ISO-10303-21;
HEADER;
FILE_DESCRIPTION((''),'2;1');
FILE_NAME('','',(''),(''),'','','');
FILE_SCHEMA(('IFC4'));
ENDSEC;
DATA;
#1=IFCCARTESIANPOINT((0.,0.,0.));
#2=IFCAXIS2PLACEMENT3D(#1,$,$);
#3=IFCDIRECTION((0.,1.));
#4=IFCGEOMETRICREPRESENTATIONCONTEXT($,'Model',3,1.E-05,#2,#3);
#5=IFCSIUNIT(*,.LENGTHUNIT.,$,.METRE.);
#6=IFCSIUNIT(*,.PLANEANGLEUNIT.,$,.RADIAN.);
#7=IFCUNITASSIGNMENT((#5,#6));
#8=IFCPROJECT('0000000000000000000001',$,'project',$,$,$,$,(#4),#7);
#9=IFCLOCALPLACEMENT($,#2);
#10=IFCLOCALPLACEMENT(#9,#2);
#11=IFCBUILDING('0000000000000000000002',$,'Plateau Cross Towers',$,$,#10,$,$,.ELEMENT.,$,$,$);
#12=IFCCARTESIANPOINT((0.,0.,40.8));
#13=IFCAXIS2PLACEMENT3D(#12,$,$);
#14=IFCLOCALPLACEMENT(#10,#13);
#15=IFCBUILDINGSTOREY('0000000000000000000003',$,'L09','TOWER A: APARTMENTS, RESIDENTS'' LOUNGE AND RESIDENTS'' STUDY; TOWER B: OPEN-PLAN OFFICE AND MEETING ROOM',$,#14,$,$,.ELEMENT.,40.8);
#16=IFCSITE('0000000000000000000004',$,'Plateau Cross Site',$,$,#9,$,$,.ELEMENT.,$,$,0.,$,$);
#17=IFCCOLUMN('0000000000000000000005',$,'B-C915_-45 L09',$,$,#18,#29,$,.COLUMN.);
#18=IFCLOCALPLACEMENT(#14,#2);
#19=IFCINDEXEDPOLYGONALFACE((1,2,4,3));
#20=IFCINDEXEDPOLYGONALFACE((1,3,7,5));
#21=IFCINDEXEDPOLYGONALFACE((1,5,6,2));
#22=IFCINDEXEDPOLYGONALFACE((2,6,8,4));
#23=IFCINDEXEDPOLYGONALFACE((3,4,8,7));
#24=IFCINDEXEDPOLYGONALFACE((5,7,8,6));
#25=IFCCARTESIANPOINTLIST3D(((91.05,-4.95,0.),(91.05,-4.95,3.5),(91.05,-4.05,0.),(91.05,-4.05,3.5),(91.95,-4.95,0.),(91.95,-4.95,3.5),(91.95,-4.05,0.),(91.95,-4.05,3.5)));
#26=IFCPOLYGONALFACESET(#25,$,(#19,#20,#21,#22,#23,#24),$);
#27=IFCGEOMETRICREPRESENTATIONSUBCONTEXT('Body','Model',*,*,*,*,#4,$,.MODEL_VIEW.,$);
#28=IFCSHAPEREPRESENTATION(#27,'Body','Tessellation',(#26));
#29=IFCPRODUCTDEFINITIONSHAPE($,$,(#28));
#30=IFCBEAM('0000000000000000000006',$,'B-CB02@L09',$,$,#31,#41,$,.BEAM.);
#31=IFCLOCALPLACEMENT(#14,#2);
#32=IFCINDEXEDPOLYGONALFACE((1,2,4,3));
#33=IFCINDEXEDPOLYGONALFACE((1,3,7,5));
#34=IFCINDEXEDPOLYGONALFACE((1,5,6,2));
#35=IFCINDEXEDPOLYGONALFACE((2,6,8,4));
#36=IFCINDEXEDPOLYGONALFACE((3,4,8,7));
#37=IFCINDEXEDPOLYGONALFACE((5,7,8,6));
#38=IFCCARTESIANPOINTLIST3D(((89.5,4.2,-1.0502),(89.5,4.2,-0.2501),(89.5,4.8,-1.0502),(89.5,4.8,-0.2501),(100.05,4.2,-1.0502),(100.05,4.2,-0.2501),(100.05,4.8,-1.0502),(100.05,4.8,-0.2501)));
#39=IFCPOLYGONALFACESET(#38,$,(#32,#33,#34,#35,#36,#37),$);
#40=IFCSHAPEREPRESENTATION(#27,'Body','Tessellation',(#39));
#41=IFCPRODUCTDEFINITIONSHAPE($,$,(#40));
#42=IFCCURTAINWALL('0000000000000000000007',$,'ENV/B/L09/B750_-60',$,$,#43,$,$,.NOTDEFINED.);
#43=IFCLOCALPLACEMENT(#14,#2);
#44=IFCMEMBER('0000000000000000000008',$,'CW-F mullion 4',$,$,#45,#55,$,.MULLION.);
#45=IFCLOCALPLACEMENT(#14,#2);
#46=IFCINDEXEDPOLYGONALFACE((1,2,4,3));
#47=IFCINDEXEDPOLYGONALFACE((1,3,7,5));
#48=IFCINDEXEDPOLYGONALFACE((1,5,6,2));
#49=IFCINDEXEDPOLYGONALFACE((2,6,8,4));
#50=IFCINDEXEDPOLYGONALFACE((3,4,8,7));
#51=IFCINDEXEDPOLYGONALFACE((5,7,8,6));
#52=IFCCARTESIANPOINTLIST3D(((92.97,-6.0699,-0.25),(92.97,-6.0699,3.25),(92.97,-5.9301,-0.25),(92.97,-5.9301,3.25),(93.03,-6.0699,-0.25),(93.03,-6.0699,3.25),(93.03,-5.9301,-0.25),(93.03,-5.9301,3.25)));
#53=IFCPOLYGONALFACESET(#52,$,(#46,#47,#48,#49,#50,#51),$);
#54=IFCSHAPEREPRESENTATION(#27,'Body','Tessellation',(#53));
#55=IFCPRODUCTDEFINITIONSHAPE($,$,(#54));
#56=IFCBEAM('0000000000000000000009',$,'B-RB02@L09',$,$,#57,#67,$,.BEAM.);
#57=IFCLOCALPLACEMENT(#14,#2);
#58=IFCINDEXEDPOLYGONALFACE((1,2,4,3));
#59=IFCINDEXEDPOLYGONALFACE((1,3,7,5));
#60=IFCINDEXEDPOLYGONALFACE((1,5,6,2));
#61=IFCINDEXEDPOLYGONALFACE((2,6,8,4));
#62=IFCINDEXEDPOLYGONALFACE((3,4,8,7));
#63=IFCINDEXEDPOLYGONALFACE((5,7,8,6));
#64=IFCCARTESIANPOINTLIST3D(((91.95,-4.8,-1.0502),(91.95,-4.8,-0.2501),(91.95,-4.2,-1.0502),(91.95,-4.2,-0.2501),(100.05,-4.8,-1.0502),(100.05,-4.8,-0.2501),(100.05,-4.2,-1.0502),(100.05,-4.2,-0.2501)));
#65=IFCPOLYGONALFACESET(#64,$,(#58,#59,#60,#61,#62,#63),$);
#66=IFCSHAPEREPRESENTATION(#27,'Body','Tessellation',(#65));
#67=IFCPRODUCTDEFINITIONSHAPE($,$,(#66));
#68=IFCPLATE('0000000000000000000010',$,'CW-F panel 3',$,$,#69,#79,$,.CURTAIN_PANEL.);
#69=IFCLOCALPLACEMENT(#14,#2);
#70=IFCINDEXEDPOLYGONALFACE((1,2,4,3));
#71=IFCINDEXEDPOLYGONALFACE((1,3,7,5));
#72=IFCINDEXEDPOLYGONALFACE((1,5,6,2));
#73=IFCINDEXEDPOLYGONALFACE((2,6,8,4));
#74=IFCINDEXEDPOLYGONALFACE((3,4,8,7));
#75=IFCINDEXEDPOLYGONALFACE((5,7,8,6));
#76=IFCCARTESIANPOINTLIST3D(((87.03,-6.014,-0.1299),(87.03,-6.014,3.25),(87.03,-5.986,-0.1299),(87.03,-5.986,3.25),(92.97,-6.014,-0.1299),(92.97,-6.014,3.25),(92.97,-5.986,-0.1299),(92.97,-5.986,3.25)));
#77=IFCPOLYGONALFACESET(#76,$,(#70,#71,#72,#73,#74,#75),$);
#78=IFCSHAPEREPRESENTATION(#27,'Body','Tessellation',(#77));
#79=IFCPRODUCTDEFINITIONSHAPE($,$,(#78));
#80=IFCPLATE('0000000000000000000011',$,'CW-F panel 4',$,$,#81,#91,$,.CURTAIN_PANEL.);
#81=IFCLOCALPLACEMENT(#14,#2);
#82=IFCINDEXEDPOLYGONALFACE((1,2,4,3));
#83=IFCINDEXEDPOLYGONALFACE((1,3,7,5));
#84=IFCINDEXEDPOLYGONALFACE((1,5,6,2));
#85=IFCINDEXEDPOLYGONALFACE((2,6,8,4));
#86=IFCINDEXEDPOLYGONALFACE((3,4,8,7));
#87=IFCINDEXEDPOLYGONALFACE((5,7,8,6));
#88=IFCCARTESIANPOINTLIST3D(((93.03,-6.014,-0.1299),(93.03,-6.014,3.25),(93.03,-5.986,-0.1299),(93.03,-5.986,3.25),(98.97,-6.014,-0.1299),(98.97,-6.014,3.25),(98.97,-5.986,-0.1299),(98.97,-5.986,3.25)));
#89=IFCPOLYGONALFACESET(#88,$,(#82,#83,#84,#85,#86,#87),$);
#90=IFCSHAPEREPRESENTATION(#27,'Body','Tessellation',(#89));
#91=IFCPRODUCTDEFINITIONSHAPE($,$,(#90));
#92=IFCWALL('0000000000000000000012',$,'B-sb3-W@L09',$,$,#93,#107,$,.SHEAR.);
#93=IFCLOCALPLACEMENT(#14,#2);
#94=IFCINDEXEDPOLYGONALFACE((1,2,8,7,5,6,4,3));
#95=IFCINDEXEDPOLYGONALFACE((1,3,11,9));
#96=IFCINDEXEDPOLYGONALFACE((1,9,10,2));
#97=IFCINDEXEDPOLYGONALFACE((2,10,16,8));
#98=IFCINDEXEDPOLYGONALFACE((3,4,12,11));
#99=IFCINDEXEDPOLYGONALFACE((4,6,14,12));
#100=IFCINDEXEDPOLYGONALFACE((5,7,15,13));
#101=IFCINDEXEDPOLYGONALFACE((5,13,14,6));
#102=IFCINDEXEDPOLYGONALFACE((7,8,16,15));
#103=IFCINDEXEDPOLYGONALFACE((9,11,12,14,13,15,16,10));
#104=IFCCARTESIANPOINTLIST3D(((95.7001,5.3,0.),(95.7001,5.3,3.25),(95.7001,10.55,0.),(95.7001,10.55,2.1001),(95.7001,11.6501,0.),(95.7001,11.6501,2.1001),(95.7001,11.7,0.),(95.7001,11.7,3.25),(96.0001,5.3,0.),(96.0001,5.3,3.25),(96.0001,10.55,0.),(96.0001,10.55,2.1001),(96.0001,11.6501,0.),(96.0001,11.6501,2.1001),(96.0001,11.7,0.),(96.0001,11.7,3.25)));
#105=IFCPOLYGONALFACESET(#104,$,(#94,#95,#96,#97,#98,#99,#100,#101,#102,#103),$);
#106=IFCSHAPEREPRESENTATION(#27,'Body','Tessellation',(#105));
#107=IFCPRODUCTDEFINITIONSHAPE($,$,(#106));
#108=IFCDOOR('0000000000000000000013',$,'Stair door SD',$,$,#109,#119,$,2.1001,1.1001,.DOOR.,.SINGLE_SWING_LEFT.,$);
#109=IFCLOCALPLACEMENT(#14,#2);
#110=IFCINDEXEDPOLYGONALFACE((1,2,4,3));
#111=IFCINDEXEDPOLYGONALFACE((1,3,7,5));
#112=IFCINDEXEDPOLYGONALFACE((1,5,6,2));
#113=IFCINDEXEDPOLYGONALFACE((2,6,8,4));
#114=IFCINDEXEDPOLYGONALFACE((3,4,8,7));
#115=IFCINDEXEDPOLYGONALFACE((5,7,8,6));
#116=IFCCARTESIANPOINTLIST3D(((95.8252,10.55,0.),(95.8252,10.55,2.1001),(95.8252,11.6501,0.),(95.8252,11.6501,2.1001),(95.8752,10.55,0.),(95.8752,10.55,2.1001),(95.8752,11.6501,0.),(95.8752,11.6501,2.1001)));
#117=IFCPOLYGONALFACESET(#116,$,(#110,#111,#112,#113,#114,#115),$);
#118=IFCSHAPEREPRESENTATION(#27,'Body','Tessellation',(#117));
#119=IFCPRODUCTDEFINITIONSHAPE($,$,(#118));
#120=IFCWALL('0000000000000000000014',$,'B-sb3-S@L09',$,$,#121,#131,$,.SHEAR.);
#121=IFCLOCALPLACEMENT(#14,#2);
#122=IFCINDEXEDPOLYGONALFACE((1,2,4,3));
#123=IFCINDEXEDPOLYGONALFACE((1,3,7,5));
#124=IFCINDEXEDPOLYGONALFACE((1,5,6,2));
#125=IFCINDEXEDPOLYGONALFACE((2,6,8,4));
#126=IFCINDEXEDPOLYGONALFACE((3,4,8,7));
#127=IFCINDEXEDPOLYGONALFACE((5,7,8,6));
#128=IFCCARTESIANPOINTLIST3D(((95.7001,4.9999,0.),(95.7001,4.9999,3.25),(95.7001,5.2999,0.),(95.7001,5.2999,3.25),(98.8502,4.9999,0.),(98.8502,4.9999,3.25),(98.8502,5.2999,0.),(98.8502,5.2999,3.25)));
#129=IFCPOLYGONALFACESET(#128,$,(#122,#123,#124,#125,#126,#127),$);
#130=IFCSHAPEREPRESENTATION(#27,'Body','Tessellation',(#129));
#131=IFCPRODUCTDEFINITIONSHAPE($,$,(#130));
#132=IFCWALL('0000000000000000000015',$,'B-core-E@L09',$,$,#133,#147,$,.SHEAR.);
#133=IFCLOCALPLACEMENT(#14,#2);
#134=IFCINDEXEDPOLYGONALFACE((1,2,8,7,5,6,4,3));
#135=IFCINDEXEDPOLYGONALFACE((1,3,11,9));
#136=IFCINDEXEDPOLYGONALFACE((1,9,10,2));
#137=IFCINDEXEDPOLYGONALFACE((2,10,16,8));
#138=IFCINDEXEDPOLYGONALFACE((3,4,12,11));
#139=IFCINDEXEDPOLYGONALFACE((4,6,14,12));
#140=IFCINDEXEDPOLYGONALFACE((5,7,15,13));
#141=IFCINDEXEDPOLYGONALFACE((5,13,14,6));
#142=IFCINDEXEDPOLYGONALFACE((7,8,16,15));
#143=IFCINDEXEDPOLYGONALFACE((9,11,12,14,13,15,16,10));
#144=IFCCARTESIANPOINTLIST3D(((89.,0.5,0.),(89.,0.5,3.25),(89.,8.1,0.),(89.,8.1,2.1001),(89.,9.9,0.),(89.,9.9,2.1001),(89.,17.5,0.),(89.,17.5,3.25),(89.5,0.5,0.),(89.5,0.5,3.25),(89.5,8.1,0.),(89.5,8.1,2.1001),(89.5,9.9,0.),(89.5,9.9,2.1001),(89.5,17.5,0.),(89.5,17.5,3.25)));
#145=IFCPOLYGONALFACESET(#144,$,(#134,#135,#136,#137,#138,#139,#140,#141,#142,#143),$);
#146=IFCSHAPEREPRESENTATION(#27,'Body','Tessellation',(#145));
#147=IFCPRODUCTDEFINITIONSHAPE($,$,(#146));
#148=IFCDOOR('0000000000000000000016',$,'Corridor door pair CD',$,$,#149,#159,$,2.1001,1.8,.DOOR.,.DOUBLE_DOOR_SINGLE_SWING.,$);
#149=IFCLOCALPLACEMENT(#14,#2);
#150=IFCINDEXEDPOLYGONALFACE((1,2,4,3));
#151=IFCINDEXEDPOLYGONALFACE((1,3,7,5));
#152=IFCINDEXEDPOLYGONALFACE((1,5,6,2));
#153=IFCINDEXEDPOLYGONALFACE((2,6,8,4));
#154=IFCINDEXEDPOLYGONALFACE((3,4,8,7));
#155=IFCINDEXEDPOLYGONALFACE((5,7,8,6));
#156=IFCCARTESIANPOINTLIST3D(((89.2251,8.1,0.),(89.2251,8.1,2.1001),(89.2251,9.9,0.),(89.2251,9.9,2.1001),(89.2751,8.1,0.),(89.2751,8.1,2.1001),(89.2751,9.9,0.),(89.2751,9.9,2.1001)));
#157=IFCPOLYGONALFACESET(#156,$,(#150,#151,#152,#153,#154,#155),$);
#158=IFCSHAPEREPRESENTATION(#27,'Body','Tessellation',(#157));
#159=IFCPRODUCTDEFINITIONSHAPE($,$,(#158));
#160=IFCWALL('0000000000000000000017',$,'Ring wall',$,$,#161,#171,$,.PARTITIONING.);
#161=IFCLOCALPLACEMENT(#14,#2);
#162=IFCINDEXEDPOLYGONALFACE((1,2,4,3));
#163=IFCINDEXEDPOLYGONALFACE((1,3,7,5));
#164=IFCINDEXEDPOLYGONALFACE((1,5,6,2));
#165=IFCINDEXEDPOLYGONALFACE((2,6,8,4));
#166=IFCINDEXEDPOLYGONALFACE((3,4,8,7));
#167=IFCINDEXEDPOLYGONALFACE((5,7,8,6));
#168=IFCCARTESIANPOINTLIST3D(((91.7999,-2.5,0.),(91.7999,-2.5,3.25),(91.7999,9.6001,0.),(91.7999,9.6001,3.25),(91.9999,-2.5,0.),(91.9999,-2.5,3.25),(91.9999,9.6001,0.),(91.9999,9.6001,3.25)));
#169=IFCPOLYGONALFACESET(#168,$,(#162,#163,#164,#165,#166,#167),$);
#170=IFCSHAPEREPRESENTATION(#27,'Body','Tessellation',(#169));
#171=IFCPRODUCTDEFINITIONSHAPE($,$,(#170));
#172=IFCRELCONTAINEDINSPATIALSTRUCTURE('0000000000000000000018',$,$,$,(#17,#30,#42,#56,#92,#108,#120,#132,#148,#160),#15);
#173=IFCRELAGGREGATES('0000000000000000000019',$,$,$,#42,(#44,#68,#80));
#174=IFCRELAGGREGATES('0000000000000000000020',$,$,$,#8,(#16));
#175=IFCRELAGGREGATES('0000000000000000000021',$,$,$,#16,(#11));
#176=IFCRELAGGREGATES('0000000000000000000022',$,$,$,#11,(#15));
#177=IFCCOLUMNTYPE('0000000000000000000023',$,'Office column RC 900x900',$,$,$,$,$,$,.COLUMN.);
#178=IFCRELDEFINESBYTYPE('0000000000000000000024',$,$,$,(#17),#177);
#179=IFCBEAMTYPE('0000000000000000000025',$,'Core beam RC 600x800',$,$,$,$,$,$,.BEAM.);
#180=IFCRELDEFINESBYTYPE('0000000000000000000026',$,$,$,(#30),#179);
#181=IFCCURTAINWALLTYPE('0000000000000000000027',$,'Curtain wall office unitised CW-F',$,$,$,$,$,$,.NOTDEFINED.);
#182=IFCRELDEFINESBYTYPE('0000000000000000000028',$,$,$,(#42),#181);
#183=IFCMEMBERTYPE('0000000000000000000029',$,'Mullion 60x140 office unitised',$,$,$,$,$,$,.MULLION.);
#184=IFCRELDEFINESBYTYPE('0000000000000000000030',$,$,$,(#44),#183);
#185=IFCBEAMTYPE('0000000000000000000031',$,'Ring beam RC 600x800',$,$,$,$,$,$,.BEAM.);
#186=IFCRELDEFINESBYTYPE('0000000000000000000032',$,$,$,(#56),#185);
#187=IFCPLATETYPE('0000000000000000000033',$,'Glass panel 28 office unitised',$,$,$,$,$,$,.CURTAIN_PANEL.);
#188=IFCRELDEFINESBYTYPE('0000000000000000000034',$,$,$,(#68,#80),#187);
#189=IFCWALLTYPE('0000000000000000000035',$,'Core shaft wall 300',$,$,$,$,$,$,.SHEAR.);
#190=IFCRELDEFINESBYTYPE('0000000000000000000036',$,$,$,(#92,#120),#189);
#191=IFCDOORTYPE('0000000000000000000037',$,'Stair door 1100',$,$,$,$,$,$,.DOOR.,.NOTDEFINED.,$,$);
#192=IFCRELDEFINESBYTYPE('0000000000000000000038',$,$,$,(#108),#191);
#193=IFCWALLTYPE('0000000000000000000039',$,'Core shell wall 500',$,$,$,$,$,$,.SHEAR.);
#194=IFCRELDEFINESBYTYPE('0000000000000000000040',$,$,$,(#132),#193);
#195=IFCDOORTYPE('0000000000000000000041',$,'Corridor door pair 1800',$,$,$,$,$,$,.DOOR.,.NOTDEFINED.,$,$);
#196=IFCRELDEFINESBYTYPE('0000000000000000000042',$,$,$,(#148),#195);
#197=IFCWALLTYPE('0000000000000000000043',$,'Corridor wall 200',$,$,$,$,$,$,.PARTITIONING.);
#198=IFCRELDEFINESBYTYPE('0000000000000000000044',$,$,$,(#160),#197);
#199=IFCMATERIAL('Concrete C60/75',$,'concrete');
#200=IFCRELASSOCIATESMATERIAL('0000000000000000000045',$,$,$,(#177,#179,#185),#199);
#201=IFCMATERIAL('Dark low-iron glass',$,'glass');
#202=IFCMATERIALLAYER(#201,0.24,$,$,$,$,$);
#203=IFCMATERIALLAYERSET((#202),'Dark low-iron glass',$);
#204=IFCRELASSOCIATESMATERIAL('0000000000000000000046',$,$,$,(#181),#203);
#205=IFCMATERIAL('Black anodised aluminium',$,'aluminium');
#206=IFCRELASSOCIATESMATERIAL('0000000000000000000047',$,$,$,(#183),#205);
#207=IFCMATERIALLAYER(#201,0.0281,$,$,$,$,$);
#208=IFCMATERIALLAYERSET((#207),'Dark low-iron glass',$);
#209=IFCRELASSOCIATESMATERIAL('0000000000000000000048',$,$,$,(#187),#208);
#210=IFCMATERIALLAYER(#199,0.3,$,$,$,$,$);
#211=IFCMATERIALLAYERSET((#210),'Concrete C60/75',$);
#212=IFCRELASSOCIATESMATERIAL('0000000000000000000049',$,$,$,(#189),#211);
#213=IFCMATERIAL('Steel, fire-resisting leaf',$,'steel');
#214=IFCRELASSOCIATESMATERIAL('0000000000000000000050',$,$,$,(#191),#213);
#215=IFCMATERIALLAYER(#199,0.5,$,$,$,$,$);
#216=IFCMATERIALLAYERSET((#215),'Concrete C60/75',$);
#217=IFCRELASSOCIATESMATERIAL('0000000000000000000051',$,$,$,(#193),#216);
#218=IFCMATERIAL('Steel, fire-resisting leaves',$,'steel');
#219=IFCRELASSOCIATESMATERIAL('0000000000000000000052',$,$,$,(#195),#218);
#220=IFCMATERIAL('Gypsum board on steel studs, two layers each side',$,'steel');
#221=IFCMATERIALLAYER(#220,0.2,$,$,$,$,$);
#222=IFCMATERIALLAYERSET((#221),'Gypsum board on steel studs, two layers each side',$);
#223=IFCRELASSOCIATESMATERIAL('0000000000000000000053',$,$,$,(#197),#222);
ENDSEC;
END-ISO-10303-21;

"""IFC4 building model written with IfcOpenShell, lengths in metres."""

from ifc_helpers import new_model, si_unit, direction, frame, frame_2d, origin, origin_2d, place, context, subcontext, project, spatial, rectangle, extrude, material, layer, layer_set, material_profile, profile_set, type_object, element, fill, aggregate, save


model = new_model("IFC4")

# Units and contexts
model_context = context("Model", 3, precision=1e-05, world=origin(), true_north=direction((0.0, 1.0)))
body_context = subcontext(model_context, "Body", "Model", "MODEL_VIEW")
ifc_project = project(units=[si_unit("LENGTHUNIT", "METRE"), si_unit("PLANEANGLEUNIT", "RADIAN")], contexts=[model_context])

# Site, building, storey
site_placement = place(None, origin())
site = spatial("IfcSite", under=ifc_project, at=site_placement, Name="Plateau Cross Site", CompositionType="ELEMENT", RefElevation=0.0)
building_placement = place(site_placement, origin())
building = spatial("IfcBuilding", under=site, at=building_placement, Name="Plateau Cross Towers", CompositionType="ELEMENT")
storey_placement = place(building_placement, frame((0.0, 0.0, 40.8)))
storey = spatial("IfcBuildingStorey", under=building, at=storey_placement, Name="L09", Description="TOWER A: APARTMENTS, RESIDENTS' LOUNGE AND RESIDENTS' STUDY; TOWER B: OPEN-PLAN OFFICE AND MEETING ROOM", CompositionType="ELEMENT", Elevation=40.8)

# Column
ifc_material_1 = material(Name="Concrete C60/75", Category="concrete")
ifc_material_profile_1 = material_profile(ifc_material_1, rectangle(XDim=0.8999, YDim=0.8999, at=origin_2d()), Name="RC 900x900")
ifc_profile_set_1 = profile_set([ifc_material_profile_1], Name="Concrete C60/75")
column_type = type_object("IfcColumnType", Name="Office column RC 900x900", PredefinedType="COLUMN", material=ifc_profile_set_1)
column_placement = place(storey_placement, frame((91.5, -4.5, 0.0), z_axis=(0.0, 0.0, 1.0), x_axis=(1.0, 0.0, 0.0)))
element("IfcColumn", 1, at=column_placement, inside=storey, type_object=column_type, Name="B-C915_-45 L09", PredefinedType="COLUMN", context=body_context, shape_type="SweptSolid", body=[
    extrude(rectangle(XDim=0.8999, YDim=0.8999, at=origin_2d()), origin(), (0.0, 0.0, 1.0), 3.5),
])

# Beam
ifc_material_profile_2 = material_profile(ifc_material_1, rectangle(XDim=0.6001, YDim=0.8, at=origin_2d()), Name="RC 600x800")
ifc_profile_set_2 = profile_set([ifc_material_profile_2], Name="Concrete C60/75")
beam_type_1 = type_object("IfcBeamType", Name="Core beam RC 600x800", PredefinedType="BEAM", material=ifc_profile_set_2)
beam_1_placement = place(storey_placement, frame((89.5, 4.5, -0.6501), z_axis=(1.0, 0.0, 0.0), x_axis=(0.0, 1.0, 0.0)))
element("IfcBeam", 2, at=beam_1_placement, inside=storey, type_object=beam_type_1, Name="B-CB02@L09", PredefinedType="BEAM", context=body_context, shape_type="SweptSolid", body=[
    extrude(rectangle(XDim=0.6001, YDim=0.8, at=origin_2d()), origin(), (0.0, 0.0, 1.0), 10.55),
])

# Curtain wall, member
ifc_material_2 = material(Name="Dark low-iron glass", Category="glass")
ifc_layer_1 = layer(ifc_material_2, 0.24)
ifc_layer_set_1 = layer_set([ifc_layer_1], Name="Dark low-iron glass")
curtain_wall_type = type_object("IfcCurtainWallType", Name="Curtain wall office unitised CW-F", PredefinedType="NOTDEFINED", material=ifc_layer_set_1)
curtain_wall_placement = place(storey_placement, origin())
curtain_wall = element("IfcCurtainWall", 3, at=curtain_wall_placement, inside=storey, type_object=curtain_wall_type, Name="ENV/B/L09/B750_-60", PredefinedType="NOTDEFINED")
ifc_material_3 = material(Name="Black anodised aluminium", Category="aluminium")
ifc_material_profile_3 = material_profile(ifc_material_3, rectangle(XDim=0.0601, YDim=0.1399, at=origin_2d()), Name="MULLION 60x140")
ifc_profile_set_3 = profile_set([ifc_material_profile_3], Name="Black anodised aluminium")
member_type = type_object("IfcMemberType", Name="Mullion 60x140 office unitised", PredefinedType="MULLION", material=ifc_profile_set_3)
member_placement = place(storey_placement, frame((93.0, -6.0, -0.25), z_axis=(0.0, 0.0, 1.0), x_axis=(1.0, 0.0, 0.0)))
member = element("IfcMember", 4, at=member_placement, type_object=member_type, Name="CW-F mullion 4", PredefinedType="MULLION", context=body_context, shape_type="SweptSolid", body=[
    extrude(rectangle(XDim=0.0601, YDim=0.1399, at=origin_2d()), origin(), (0.0, 0.0, 1.0), 3.5),
])

# Beam
ifc_material_profile_4 = material_profile(ifc_material_1, rectangle(XDim=0.6001, YDim=0.8, at=origin_2d()), Name="RC 600x800")
ifc_profile_set_4 = profile_set([ifc_material_profile_4], Name="Concrete C60/75")
beam_type_2 = type_object("IfcBeamType", Name="Ring beam RC 600x800", PredefinedType="BEAM", material=ifc_profile_set_4)
beam_2_placement = place(storey_placement, frame((91.95, -4.5, -0.6501), z_axis=(1.0, 0.0, 0.0), x_axis=(0.0, 1.0, 0.0)))
element("IfcBeam", 5, at=beam_2_placement, inside=storey, type_object=beam_type_2, Name="B-RB02@L09", PredefinedType="BEAM", context=body_context, shape_type="SweptSolid", body=[
    extrude(rectangle(XDim=0.6001, YDim=0.8, at=origin_2d()), origin(), (0.0, 0.0, 1.0), 8.1001),
])

# Plates
ifc_layer_2 = layer(ifc_material_2, 0.0281)
ifc_layer_set_2 = layer_set([ifc_layer_2], Name="Dark low-iron glass")
plate_type = type_object("IfcPlateType", Name="Glass panel 28 office unitised", PredefinedType="CURTAIN_PANEL", material=ifc_layer_set_2)
plate_1_placement = place(storey_placement, frame((90.0, -6.0, -0.1299), z_axis=(0.0, 0.0, 1.0), x_axis=(1.0, 0.0, 0.0)))
plate_1 = element("IfcPlate", 6, at=plate_1_placement, type_object=plate_type, Name="CW-F panel 3", PredefinedType="CURTAIN_PANEL", context=body_context, shape_type="SweptSolid", body=[
    extrude(rectangle(XDim=5.9399, YDim=0.0281, at=origin_2d()), origin(), (0.0, 0.0, 1.0), 3.3799),
])
plate_2_placement = place(storey_placement, frame((96.0, -6.0, -0.1299), z_axis=(0.0, 0.0, 1.0), x_axis=(1.0, 0.0, 0.0)))
plate_2 = element("IfcPlate", 7, at=plate_2_placement, type_object=plate_type, Name="CW-F panel 4", PredefinedType="CURTAIN_PANEL", context=body_context, shape_type="SweptSolid", body=[
    extrude(rectangle(XDim=5.9399, YDim=0.0281, at=origin_2d()), origin(), (0.0, 0.0, 1.0), 3.3799),
])
aggregate(curtain_wall, [member, plate_1, plate_2])

# Wall, opening, door
ifc_layer_3 = layer(ifc_material_1, 0.3)
ifc_layer_set_3 = layer_set([ifc_layer_3], Name="Concrete C60/75")
wall_type_1 = type_object("IfcWallType", Name="Core shaft wall 300", PredefinedType="SHEAR", material=ifc_layer_set_3)
wall_1_placement = place(storey_placement, frame((95.8501, 5.3, 0.0), z_axis=(0.0, 0.0, 1.0), x_axis=(0.0, 1.0, 0.0)))
wall_1 = element("IfcWall", 8, at=wall_1_placement, inside=storey, type_object=wall_type_1, Name="B-sb3-W@L09", PredefinedType="SHEAR", context=body_context, shape_type="SweptSolid", body=[
    extrude(rectangle(XDim=6.3999, YDim=0.3, at=frame_2d((3.2, 0.0))), origin(), (0.0, 0.0, 1.0), 3.25),
])
opening_1_placement = place(wall_1_placement, frame((5.25, 0.0, 0.0)))
opening_1 = element("IfcOpeningElement", 9, at=opening_1_placement, cuts=wall_1, PredefinedType="OPENING", context=body_context, shape_type="SweptSolid", body=[
    extrude(rectangle(XDim=1.1001, YDim=2.1001, at=frame_2d((0.55, 1.05))), frame((0.0, 0.1599, 0.0), z_axis=(0.0, -1.0, 0.0), x_axis=(1.0, 0.0, 0.0)), (0.0, 0.0, 1.0), 0.3201),
])
ifc_material_4 = material(Name="Steel, fire-resisting leaf", Category="steel")
door_type_1 = type_object("IfcDoorType", Name="Stair door 1100", OperationType="NOTDEFINED", PredefinedType="DOOR", material=ifc_material_4)
door_1_placement = place(opening_1_placement, origin())
door_1 = element("IfcDoor", 10, at=door_1_placement, inside=storey, type_object=door_type_1, Name="Stair door SD", OperationType="SINGLE_SWING_LEFT", OverallHeight=2.1001, OverallWidth=1.1001, PredefinedType="DOOR", context=body_context, shape_type="SweptSolid", body=[
    extrude(rectangle(XDim=1.1001, YDim=2.1001, at=frame_2d((0.55, 1.05))), frame((0.0, 0.0249, 0.0), z_axis=(0.0, -1.0, 0.0), x_axis=(1.0, 0.0, 0.0)), (0.0, 0.0, 1.0), 0.05),
])
fill(opening_1, door_1)

# Wall
wall_2_placement = place(storey_placement, frame((95.7, 5.1499, 0.0), z_axis=(0.0, 0.0, 1.0), x_axis=(1.0, 0.0, 0.0)))
element("IfcWall", 11, at=wall_2_placement, inside=storey, type_object=wall_type_1, Name="B-sb3-S@L09", PredefinedType="SHEAR", context=body_context, shape_type="SweptSolid", body=[
    extrude(rectangle(XDim=3.1501, YDim=0.3, at=frame_2d((1.5752, 0.0))), origin(), (0.0, 0.0, 1.0), 3.25),
])

# Wall, opening, door
ifc_layer_4 = layer(ifc_material_1, 0.5)
ifc_layer_set_4 = layer_set([ifc_layer_4], Name="Concrete C60/75")
wall_type_2 = type_object("IfcWallType", Name="Core shell wall 500", PredefinedType="SHEAR", material=ifc_layer_set_4)
wall_3_placement = place(storey_placement, frame((89.25, 0.5, 0.0), z_axis=(0.0, 0.0, 1.0), x_axis=(0.0, 1.0, 0.0)))
wall_3 = element("IfcWall", 12, at=wall_3_placement, inside=storey, type_object=wall_type_2, Name="B-core-E@L09", PredefinedType="SHEAR", context=body_context, shape_type="SweptSolid", body=[
    extrude(rectangle(XDim=17.0, YDim=0.5, at=frame_2d((8.5, 0.0))), origin(), (0.0, 0.0, 1.0), 3.25),
])
opening_2_placement = place(wall_3_placement, frame((7.6001, 0.0, 0.0)))
opening_2 = element("IfcOpeningElement", 13, at=opening_2_placement, cuts=wall_3, PredefinedType="OPENING", context=body_context, shape_type="SweptSolid", body=[
    extrude(rectangle(XDim=1.8, YDim=2.1001, at=frame_2d((0.8999, 1.05))), frame((0.0, 0.26, 0.0), z_axis=(0.0, -1.0, 0.0), x_axis=(1.0, 0.0, 0.0)), (0.0, 0.0, 1.0), 0.52),
])
ifc_material_5 = material(Name="Steel, fire-resisting leaves", Category="steel")
door_type_2 = type_object("IfcDoorType", Name="Corridor door pair 1800", OperationType="NOTDEFINED", PredefinedType="DOOR", material=ifc_material_5)
door_2_placement = place(opening_2_placement, origin())
door_2 = element("IfcDoor", 14, at=door_2_placement, inside=storey, type_object=door_type_2, Name="Corridor door pair CD", OperationType="DOUBLE_DOOR_SINGLE_SWING", OverallHeight=2.1001, OverallWidth=1.8, PredefinedType="DOOR", context=body_context, shape_type="SweptSolid", body=[
    extrude(rectangle(XDim=1.8, YDim=2.1001, at=frame_2d((0.8999, 1.05))), frame((0.0, 0.0249, 0.0), z_axis=(0.0, -1.0, 0.0), x_axis=(1.0, 0.0, 0.0)), (0.0, 0.0, 1.0), 0.05),
])
fill(opening_2, door_2)

# Wall
ifc_material_6 = material(Name="Gypsum board on steel studs, two layers each side", Category="steel")
ifc_layer_5 = layer(ifc_material_6, 0.2)
ifc_layer_set_5 = layer_set([ifc_layer_5], Name="Gypsum board on steel studs, two layers each side")
wall_type_3 = type_object("IfcWallType", Name="Corridor wall 200", PredefinedType="PARTITIONING", material=ifc_layer_set_5)
wall_4_placement = place(storey_placement, frame((91.8999, -2.5, 0.0), z_axis=(0.0, 0.0, 1.0), x_axis=(0.0, 1.0, 0.0)))
element("IfcWall", 15, at=wall_4_placement, inside=storey, type_object=wall_type_3, Name="Ring wall", PredefinedType="PARTITIONING", context=body_context, shape_type="SweptSolid", body=[
    extrude(rectangle(XDim=12.1001, YDim=0.2, at=frame_2d((6.05, 0.0))), origin(), (0.0, 0.0, 1.0), 3.25),
])

save(model, "model.ifc")
